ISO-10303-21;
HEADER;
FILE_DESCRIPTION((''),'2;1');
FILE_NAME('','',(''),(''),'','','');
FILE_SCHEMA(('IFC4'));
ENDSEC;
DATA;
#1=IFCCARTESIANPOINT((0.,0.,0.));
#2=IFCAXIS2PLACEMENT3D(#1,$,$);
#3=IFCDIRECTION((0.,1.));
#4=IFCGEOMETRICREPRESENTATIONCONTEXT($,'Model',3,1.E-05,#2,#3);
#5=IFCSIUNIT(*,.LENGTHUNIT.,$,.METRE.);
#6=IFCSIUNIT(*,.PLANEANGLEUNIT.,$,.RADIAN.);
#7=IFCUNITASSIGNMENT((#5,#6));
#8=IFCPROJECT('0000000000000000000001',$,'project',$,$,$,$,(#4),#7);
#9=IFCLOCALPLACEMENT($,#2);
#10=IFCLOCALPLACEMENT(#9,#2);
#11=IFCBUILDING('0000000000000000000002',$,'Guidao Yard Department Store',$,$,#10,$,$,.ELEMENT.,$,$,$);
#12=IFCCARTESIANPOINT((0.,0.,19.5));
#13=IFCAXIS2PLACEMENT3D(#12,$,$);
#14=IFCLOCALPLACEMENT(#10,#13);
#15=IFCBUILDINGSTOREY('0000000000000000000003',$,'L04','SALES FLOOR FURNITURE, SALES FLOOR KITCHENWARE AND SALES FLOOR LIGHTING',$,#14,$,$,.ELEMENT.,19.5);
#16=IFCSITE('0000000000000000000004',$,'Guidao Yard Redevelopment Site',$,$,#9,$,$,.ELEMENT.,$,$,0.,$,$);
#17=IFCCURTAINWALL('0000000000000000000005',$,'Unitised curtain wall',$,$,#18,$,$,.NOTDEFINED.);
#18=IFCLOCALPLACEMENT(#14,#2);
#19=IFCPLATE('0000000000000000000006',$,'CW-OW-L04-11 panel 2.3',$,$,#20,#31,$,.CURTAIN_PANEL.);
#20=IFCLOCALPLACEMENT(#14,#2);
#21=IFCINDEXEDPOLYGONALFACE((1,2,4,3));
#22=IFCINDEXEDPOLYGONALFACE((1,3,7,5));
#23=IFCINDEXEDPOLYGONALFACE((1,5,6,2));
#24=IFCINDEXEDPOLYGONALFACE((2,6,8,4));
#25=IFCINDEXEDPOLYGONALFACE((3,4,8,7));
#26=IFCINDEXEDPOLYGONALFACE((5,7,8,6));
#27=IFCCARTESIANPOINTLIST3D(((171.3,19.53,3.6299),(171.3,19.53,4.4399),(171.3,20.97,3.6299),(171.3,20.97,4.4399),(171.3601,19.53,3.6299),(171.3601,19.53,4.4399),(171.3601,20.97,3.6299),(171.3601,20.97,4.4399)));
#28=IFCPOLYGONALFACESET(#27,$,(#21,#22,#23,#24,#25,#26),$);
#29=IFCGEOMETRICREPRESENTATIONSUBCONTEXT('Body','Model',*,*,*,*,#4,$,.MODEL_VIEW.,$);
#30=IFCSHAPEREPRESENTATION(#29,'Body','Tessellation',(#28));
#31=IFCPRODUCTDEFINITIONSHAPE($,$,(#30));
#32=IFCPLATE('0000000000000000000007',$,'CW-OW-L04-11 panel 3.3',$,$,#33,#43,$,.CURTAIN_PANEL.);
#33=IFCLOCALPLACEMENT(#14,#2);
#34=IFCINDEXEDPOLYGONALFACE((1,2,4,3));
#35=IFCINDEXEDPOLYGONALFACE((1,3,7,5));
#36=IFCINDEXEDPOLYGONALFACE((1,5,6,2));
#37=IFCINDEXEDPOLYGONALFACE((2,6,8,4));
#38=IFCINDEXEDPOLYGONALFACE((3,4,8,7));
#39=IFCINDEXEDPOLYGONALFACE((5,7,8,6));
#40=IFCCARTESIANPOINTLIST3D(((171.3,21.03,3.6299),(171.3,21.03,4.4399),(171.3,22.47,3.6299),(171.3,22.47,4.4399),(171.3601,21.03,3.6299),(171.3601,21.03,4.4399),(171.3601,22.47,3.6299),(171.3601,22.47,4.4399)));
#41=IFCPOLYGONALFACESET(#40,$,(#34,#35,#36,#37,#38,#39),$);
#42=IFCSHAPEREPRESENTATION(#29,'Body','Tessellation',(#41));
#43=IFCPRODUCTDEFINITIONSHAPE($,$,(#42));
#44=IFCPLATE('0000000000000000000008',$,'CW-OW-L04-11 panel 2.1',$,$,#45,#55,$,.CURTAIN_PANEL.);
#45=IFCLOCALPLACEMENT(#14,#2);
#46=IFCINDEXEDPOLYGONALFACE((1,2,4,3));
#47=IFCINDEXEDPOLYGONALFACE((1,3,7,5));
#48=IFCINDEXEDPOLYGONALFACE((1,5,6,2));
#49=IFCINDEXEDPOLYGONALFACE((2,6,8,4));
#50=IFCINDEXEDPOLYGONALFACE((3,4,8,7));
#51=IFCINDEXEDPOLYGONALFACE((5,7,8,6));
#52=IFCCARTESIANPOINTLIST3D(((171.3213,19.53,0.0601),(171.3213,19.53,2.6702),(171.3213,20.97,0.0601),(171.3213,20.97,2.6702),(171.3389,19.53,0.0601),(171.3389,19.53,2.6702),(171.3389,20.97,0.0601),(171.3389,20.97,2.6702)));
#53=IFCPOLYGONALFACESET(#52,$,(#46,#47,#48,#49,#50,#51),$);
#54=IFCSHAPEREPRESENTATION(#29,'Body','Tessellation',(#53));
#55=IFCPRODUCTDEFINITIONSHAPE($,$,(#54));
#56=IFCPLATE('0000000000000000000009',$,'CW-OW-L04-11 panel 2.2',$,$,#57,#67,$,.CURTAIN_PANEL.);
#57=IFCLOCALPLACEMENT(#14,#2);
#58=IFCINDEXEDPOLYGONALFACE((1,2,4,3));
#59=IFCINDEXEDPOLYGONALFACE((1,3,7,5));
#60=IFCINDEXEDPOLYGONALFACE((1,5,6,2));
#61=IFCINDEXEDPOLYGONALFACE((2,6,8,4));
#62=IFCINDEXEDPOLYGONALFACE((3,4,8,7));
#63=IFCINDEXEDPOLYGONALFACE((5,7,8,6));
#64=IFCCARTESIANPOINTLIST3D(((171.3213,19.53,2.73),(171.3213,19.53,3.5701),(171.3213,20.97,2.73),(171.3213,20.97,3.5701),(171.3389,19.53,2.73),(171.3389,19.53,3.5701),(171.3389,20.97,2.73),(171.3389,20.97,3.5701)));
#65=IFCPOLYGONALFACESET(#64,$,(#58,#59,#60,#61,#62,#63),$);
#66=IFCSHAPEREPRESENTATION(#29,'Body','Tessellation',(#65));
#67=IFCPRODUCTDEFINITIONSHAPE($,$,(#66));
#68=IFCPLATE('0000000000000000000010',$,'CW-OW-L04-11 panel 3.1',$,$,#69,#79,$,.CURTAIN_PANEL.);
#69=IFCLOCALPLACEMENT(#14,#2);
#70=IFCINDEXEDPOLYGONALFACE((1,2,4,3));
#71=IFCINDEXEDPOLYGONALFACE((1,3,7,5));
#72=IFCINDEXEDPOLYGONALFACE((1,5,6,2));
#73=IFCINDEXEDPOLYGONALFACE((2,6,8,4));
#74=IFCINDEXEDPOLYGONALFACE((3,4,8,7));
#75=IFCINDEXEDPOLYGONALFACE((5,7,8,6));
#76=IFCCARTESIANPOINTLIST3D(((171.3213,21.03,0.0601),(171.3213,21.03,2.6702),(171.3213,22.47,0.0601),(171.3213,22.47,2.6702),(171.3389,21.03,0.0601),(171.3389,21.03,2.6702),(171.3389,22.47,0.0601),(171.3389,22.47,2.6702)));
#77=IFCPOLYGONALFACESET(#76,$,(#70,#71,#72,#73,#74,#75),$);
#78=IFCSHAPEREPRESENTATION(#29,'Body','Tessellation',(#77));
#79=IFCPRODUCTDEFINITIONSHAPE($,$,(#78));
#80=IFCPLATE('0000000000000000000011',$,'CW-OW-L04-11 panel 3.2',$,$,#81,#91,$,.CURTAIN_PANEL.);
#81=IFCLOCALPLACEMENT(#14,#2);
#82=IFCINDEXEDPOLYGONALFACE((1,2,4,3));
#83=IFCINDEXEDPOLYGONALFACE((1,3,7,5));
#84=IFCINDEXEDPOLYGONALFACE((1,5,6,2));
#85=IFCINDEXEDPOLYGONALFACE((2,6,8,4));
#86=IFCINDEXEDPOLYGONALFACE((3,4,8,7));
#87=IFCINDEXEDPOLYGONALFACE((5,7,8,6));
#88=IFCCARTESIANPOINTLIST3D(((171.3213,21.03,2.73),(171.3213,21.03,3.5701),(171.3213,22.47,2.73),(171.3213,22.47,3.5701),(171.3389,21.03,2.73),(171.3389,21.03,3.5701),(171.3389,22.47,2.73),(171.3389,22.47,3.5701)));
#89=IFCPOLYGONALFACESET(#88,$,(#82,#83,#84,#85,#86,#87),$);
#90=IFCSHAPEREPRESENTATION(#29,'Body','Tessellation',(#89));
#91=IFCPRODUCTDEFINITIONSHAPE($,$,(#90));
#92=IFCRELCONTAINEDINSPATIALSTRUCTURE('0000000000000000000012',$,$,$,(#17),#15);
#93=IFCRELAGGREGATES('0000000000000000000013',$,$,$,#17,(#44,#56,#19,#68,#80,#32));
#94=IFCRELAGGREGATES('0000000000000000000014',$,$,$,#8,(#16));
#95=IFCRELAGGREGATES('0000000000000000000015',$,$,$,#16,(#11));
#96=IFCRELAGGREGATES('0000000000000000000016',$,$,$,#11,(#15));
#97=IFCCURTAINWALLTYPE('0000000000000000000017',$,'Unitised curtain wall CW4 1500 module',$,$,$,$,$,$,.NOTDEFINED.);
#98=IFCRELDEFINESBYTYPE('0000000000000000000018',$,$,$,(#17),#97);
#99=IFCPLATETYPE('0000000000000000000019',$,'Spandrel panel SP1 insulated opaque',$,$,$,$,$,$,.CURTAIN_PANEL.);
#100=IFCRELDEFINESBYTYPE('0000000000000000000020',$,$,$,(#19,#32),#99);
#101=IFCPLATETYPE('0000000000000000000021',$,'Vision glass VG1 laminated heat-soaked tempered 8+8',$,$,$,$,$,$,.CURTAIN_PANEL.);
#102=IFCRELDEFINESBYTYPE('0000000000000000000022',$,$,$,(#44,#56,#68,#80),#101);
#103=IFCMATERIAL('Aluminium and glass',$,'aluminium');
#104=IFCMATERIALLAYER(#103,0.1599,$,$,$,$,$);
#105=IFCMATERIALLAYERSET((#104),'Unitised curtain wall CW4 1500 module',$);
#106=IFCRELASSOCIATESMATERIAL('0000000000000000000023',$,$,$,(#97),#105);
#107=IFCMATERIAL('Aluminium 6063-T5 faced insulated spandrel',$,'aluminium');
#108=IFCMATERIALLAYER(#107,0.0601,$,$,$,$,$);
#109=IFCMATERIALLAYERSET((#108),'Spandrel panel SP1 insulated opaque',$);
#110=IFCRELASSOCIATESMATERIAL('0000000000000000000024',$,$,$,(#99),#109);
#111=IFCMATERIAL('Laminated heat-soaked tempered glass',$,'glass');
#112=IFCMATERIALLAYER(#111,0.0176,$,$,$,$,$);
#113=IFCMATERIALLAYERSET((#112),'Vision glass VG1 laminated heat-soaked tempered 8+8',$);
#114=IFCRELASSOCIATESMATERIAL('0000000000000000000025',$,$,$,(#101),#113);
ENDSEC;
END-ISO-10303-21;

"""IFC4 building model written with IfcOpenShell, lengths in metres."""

from ifc_helpers import new_model, si_unit, direction, frame, origin, origin_2d, place, context, subcontext, project, spatial, rectangle, extrude, material, layer, layer_set, type_object, element, aggregate, save


model = new_model("IFC4")

# Units and contexts
model_context = context("Model", 3, precision=1e-05, world=origin(), true_north=direction((0.0, 1.0)))
body_context = subcontext(model_context, "Body", "Model", "MODEL_VIEW")
ifc_project = project(units=[si_unit("LENGTHUNIT", "METRE"), si_unit("PLANEANGLEUNIT", "RADIAN")], contexts=[model_context])

# Site, building, storey
site_placement = place(None, origin())
site = spatial("IfcSite", under=ifc_project, at=site_placement, Name="Guidao Yard Redevelopment Site", CompositionType="ELEMENT", RefElevation=0.0)
building_placement = place(site_placement, origin())
building = spatial("IfcBuilding", under=site, at=building_placement, Name="Guidao Yard Department Store", CompositionType="ELEMENT")
storey_placement = place(building_placement, frame((0.0, 0.0, 19.5)))
storey = spatial("IfcBuildingStorey", under=building, at=storey_placement, Name="L04", Description="SALES FLOOR FURNITURE, SALES FLOOR KITCHENWARE AND SALES FLOOR LIGHTING", CompositionType="ELEMENT", Elevation=19.5)

# Curtain wall, plates
ifc_material_1 = material(Name="Aluminium and glass", Category="aluminium")
ifc_layer_1 = layer(ifc_material_1, 0.1599)
ifc_layer_set_1 = layer_set([ifc_layer_1], Name="Unitised curtain wall CW4 1500 module")
curtain_wall_type = type_object("IfcCurtainWallType", Name="Unitised curtain wall CW4 1500 module", PredefinedType="NOTDEFINED", material=ifc_layer_set_1)
curtain_wall_placement = place(storey_placement, origin())
curtain_wall = element("IfcCurtainWall", 1, at=curtain_wall_placement, inside=storey, type_object=curtain_wall_type, Name="Unitised curtain wall", PredefinedType="NOTDEFINED")
ifc_material_2 = material(Name="Aluminium 6063-T5 faced insulated spandrel", Category="aluminium")
ifc_layer_2 = layer(ifc_material_2, 0.0601)
ifc_layer_set_2 = layer_set([ifc_layer_2], Name="Spandrel panel SP1 insulated opaque")
plate_type_1 = type_object("IfcPlateType", Name="Spandrel panel SP1 insulated opaque", PredefinedType="CURTAIN_PANEL", material=ifc_layer_set_2)
plate_1_placement = place(storey_placement, frame((171.3301, 20.25, 3.6299), z_axis=(0.0, 0.0, 1.0), x_axis=(0.0, -1.0, 0.0)))
plate_1 = element("IfcPlate", 2, at=plate_1_placement, type_object=plate_type_1, Name="CW-OW-L04-11 panel 2.3", PredefinedType="CURTAIN_PANEL", context=body_context, shape_type="SweptSolid", body=[
    extrude(rectangle(XDim=1.4399, YDim=0.0601, at=origin_2d()), origin(), (0.0, 0.0, 1.0), 0.8101),
])
plate_2_placement = place(storey_placement, frame((171.3301, 21.75, 3.6299), z_axis=(0.0, 0.0, 1.0), x_axis=(0.0, -1.0, 0.0)))
plate_2 = element("IfcPlate", 3, at=plate_2_placement, type_object=plate_type_1, Name="CW-OW-L04-11 panel 3.3", PredefinedType="CURTAIN_PANEL", context=body_context, shape_type="SweptSolid", body=[
    extrude(rectangle(XDim=1.4399, YDim=0.0601, at=origin_2d()), origin(), (0.0, 0.0, 1.0), 0.8101),
])
ifc_material_3 = material(Name="Laminated heat-soaked tempered glass", Category="glass")
ifc_layer_3 = layer(ifc_material_3, 0.0176)
ifc_layer_set_3 = layer_set([ifc_layer_3], Name="Vision glass VG1 laminated heat-soaked tempered 8+8")
plate_type_2 = type_object("IfcPlateType", Name="Vision glass VG1 laminated heat-soaked tempered 8+8", PredefinedType="CURTAIN_PANEL", material=ifc_layer_set_3)
plate_3_placement = place(storey_placement, frame((171.3301, 20.25, 0.0601), z_axis=(0.0, 0.0, 1.0), x_axis=(0.0, -1.0, 0.0)))
plate_3 = element("IfcPlate", 4, at=plate_3_placement, type_object=plate_type_2, Name="CW-OW-L04-11 panel 2.1", PredefinedType="CURTAIN_PANEL", context=body_context, shape_type="SweptSolid", body=[
    extrude(rectangle(XDim=1.4399, YDim=0.0176, at=origin_2d()), origin(), (0.0, 0.0, 1.0), 2.6101),
])
plate_4_placement = place(storey_placement, frame((171.3301, 20.25, 2.73), z_axis=(0.0, 0.0, 1.0), x_axis=(0.0, -1.0, 0.0)))
plate_4 = element("IfcPlate", 5, at=plate_4_placement, type_object=plate_type_2, Name="CW-OW-L04-11 panel 2.2", PredefinedType="CURTAIN_PANEL", context=body_context, shape_type="SweptSolid", body=[
    extrude(rectangle(XDim=1.4399, YDim=0.0176, at=origin_2d()), origin(), (0.0, 0.0, 1.0), 0.8401),
])
plate_5_placement = place(storey_placement, frame((171.3301, 21.75, 0.0601), z_axis=(0.0, 0.0, 1.0), x_axis=(0.0, -1.0, 0.0)))
plate_5 = element("IfcPlate", 6, at=plate_5_placement, type_object=plate_type_2, Name="CW-OW-L04-11 panel 3.1", PredefinedType="CURTAIN_PANEL", context=body_context, shape_type="SweptSolid", body=[
    extrude(rectangle(XDim=1.4399, YDim=0.0176, at=origin_2d()), origin(), (0.0, 0.0, 1.0), 2.6101),
])
plate_6_placement = place(storey_placement, frame((171.3301, 21.75, 2.73), z_axis=(0.0, 0.0, 1.0), x_axis=(0.0, -1.0, 0.0)))
plate_6 = element("IfcPlate", 7, at=plate_6_placement, type_object=plate_type_2, Name="CW-OW-L04-11 panel 3.2", PredefinedType="CURTAIN_PANEL", context=body_context, shape_type="SweptSolid", body=[
    extrude(rectangle(XDim=1.4399, YDim=0.0176, at=origin_2d()), origin(), (0.0, 0.0, 1.0), 0.8401),
])
aggregate(curtain_wall, [plate_3, plate_4, plate_1, plate_5, plate_6, plate_2])

save(model, "model.ifc")
